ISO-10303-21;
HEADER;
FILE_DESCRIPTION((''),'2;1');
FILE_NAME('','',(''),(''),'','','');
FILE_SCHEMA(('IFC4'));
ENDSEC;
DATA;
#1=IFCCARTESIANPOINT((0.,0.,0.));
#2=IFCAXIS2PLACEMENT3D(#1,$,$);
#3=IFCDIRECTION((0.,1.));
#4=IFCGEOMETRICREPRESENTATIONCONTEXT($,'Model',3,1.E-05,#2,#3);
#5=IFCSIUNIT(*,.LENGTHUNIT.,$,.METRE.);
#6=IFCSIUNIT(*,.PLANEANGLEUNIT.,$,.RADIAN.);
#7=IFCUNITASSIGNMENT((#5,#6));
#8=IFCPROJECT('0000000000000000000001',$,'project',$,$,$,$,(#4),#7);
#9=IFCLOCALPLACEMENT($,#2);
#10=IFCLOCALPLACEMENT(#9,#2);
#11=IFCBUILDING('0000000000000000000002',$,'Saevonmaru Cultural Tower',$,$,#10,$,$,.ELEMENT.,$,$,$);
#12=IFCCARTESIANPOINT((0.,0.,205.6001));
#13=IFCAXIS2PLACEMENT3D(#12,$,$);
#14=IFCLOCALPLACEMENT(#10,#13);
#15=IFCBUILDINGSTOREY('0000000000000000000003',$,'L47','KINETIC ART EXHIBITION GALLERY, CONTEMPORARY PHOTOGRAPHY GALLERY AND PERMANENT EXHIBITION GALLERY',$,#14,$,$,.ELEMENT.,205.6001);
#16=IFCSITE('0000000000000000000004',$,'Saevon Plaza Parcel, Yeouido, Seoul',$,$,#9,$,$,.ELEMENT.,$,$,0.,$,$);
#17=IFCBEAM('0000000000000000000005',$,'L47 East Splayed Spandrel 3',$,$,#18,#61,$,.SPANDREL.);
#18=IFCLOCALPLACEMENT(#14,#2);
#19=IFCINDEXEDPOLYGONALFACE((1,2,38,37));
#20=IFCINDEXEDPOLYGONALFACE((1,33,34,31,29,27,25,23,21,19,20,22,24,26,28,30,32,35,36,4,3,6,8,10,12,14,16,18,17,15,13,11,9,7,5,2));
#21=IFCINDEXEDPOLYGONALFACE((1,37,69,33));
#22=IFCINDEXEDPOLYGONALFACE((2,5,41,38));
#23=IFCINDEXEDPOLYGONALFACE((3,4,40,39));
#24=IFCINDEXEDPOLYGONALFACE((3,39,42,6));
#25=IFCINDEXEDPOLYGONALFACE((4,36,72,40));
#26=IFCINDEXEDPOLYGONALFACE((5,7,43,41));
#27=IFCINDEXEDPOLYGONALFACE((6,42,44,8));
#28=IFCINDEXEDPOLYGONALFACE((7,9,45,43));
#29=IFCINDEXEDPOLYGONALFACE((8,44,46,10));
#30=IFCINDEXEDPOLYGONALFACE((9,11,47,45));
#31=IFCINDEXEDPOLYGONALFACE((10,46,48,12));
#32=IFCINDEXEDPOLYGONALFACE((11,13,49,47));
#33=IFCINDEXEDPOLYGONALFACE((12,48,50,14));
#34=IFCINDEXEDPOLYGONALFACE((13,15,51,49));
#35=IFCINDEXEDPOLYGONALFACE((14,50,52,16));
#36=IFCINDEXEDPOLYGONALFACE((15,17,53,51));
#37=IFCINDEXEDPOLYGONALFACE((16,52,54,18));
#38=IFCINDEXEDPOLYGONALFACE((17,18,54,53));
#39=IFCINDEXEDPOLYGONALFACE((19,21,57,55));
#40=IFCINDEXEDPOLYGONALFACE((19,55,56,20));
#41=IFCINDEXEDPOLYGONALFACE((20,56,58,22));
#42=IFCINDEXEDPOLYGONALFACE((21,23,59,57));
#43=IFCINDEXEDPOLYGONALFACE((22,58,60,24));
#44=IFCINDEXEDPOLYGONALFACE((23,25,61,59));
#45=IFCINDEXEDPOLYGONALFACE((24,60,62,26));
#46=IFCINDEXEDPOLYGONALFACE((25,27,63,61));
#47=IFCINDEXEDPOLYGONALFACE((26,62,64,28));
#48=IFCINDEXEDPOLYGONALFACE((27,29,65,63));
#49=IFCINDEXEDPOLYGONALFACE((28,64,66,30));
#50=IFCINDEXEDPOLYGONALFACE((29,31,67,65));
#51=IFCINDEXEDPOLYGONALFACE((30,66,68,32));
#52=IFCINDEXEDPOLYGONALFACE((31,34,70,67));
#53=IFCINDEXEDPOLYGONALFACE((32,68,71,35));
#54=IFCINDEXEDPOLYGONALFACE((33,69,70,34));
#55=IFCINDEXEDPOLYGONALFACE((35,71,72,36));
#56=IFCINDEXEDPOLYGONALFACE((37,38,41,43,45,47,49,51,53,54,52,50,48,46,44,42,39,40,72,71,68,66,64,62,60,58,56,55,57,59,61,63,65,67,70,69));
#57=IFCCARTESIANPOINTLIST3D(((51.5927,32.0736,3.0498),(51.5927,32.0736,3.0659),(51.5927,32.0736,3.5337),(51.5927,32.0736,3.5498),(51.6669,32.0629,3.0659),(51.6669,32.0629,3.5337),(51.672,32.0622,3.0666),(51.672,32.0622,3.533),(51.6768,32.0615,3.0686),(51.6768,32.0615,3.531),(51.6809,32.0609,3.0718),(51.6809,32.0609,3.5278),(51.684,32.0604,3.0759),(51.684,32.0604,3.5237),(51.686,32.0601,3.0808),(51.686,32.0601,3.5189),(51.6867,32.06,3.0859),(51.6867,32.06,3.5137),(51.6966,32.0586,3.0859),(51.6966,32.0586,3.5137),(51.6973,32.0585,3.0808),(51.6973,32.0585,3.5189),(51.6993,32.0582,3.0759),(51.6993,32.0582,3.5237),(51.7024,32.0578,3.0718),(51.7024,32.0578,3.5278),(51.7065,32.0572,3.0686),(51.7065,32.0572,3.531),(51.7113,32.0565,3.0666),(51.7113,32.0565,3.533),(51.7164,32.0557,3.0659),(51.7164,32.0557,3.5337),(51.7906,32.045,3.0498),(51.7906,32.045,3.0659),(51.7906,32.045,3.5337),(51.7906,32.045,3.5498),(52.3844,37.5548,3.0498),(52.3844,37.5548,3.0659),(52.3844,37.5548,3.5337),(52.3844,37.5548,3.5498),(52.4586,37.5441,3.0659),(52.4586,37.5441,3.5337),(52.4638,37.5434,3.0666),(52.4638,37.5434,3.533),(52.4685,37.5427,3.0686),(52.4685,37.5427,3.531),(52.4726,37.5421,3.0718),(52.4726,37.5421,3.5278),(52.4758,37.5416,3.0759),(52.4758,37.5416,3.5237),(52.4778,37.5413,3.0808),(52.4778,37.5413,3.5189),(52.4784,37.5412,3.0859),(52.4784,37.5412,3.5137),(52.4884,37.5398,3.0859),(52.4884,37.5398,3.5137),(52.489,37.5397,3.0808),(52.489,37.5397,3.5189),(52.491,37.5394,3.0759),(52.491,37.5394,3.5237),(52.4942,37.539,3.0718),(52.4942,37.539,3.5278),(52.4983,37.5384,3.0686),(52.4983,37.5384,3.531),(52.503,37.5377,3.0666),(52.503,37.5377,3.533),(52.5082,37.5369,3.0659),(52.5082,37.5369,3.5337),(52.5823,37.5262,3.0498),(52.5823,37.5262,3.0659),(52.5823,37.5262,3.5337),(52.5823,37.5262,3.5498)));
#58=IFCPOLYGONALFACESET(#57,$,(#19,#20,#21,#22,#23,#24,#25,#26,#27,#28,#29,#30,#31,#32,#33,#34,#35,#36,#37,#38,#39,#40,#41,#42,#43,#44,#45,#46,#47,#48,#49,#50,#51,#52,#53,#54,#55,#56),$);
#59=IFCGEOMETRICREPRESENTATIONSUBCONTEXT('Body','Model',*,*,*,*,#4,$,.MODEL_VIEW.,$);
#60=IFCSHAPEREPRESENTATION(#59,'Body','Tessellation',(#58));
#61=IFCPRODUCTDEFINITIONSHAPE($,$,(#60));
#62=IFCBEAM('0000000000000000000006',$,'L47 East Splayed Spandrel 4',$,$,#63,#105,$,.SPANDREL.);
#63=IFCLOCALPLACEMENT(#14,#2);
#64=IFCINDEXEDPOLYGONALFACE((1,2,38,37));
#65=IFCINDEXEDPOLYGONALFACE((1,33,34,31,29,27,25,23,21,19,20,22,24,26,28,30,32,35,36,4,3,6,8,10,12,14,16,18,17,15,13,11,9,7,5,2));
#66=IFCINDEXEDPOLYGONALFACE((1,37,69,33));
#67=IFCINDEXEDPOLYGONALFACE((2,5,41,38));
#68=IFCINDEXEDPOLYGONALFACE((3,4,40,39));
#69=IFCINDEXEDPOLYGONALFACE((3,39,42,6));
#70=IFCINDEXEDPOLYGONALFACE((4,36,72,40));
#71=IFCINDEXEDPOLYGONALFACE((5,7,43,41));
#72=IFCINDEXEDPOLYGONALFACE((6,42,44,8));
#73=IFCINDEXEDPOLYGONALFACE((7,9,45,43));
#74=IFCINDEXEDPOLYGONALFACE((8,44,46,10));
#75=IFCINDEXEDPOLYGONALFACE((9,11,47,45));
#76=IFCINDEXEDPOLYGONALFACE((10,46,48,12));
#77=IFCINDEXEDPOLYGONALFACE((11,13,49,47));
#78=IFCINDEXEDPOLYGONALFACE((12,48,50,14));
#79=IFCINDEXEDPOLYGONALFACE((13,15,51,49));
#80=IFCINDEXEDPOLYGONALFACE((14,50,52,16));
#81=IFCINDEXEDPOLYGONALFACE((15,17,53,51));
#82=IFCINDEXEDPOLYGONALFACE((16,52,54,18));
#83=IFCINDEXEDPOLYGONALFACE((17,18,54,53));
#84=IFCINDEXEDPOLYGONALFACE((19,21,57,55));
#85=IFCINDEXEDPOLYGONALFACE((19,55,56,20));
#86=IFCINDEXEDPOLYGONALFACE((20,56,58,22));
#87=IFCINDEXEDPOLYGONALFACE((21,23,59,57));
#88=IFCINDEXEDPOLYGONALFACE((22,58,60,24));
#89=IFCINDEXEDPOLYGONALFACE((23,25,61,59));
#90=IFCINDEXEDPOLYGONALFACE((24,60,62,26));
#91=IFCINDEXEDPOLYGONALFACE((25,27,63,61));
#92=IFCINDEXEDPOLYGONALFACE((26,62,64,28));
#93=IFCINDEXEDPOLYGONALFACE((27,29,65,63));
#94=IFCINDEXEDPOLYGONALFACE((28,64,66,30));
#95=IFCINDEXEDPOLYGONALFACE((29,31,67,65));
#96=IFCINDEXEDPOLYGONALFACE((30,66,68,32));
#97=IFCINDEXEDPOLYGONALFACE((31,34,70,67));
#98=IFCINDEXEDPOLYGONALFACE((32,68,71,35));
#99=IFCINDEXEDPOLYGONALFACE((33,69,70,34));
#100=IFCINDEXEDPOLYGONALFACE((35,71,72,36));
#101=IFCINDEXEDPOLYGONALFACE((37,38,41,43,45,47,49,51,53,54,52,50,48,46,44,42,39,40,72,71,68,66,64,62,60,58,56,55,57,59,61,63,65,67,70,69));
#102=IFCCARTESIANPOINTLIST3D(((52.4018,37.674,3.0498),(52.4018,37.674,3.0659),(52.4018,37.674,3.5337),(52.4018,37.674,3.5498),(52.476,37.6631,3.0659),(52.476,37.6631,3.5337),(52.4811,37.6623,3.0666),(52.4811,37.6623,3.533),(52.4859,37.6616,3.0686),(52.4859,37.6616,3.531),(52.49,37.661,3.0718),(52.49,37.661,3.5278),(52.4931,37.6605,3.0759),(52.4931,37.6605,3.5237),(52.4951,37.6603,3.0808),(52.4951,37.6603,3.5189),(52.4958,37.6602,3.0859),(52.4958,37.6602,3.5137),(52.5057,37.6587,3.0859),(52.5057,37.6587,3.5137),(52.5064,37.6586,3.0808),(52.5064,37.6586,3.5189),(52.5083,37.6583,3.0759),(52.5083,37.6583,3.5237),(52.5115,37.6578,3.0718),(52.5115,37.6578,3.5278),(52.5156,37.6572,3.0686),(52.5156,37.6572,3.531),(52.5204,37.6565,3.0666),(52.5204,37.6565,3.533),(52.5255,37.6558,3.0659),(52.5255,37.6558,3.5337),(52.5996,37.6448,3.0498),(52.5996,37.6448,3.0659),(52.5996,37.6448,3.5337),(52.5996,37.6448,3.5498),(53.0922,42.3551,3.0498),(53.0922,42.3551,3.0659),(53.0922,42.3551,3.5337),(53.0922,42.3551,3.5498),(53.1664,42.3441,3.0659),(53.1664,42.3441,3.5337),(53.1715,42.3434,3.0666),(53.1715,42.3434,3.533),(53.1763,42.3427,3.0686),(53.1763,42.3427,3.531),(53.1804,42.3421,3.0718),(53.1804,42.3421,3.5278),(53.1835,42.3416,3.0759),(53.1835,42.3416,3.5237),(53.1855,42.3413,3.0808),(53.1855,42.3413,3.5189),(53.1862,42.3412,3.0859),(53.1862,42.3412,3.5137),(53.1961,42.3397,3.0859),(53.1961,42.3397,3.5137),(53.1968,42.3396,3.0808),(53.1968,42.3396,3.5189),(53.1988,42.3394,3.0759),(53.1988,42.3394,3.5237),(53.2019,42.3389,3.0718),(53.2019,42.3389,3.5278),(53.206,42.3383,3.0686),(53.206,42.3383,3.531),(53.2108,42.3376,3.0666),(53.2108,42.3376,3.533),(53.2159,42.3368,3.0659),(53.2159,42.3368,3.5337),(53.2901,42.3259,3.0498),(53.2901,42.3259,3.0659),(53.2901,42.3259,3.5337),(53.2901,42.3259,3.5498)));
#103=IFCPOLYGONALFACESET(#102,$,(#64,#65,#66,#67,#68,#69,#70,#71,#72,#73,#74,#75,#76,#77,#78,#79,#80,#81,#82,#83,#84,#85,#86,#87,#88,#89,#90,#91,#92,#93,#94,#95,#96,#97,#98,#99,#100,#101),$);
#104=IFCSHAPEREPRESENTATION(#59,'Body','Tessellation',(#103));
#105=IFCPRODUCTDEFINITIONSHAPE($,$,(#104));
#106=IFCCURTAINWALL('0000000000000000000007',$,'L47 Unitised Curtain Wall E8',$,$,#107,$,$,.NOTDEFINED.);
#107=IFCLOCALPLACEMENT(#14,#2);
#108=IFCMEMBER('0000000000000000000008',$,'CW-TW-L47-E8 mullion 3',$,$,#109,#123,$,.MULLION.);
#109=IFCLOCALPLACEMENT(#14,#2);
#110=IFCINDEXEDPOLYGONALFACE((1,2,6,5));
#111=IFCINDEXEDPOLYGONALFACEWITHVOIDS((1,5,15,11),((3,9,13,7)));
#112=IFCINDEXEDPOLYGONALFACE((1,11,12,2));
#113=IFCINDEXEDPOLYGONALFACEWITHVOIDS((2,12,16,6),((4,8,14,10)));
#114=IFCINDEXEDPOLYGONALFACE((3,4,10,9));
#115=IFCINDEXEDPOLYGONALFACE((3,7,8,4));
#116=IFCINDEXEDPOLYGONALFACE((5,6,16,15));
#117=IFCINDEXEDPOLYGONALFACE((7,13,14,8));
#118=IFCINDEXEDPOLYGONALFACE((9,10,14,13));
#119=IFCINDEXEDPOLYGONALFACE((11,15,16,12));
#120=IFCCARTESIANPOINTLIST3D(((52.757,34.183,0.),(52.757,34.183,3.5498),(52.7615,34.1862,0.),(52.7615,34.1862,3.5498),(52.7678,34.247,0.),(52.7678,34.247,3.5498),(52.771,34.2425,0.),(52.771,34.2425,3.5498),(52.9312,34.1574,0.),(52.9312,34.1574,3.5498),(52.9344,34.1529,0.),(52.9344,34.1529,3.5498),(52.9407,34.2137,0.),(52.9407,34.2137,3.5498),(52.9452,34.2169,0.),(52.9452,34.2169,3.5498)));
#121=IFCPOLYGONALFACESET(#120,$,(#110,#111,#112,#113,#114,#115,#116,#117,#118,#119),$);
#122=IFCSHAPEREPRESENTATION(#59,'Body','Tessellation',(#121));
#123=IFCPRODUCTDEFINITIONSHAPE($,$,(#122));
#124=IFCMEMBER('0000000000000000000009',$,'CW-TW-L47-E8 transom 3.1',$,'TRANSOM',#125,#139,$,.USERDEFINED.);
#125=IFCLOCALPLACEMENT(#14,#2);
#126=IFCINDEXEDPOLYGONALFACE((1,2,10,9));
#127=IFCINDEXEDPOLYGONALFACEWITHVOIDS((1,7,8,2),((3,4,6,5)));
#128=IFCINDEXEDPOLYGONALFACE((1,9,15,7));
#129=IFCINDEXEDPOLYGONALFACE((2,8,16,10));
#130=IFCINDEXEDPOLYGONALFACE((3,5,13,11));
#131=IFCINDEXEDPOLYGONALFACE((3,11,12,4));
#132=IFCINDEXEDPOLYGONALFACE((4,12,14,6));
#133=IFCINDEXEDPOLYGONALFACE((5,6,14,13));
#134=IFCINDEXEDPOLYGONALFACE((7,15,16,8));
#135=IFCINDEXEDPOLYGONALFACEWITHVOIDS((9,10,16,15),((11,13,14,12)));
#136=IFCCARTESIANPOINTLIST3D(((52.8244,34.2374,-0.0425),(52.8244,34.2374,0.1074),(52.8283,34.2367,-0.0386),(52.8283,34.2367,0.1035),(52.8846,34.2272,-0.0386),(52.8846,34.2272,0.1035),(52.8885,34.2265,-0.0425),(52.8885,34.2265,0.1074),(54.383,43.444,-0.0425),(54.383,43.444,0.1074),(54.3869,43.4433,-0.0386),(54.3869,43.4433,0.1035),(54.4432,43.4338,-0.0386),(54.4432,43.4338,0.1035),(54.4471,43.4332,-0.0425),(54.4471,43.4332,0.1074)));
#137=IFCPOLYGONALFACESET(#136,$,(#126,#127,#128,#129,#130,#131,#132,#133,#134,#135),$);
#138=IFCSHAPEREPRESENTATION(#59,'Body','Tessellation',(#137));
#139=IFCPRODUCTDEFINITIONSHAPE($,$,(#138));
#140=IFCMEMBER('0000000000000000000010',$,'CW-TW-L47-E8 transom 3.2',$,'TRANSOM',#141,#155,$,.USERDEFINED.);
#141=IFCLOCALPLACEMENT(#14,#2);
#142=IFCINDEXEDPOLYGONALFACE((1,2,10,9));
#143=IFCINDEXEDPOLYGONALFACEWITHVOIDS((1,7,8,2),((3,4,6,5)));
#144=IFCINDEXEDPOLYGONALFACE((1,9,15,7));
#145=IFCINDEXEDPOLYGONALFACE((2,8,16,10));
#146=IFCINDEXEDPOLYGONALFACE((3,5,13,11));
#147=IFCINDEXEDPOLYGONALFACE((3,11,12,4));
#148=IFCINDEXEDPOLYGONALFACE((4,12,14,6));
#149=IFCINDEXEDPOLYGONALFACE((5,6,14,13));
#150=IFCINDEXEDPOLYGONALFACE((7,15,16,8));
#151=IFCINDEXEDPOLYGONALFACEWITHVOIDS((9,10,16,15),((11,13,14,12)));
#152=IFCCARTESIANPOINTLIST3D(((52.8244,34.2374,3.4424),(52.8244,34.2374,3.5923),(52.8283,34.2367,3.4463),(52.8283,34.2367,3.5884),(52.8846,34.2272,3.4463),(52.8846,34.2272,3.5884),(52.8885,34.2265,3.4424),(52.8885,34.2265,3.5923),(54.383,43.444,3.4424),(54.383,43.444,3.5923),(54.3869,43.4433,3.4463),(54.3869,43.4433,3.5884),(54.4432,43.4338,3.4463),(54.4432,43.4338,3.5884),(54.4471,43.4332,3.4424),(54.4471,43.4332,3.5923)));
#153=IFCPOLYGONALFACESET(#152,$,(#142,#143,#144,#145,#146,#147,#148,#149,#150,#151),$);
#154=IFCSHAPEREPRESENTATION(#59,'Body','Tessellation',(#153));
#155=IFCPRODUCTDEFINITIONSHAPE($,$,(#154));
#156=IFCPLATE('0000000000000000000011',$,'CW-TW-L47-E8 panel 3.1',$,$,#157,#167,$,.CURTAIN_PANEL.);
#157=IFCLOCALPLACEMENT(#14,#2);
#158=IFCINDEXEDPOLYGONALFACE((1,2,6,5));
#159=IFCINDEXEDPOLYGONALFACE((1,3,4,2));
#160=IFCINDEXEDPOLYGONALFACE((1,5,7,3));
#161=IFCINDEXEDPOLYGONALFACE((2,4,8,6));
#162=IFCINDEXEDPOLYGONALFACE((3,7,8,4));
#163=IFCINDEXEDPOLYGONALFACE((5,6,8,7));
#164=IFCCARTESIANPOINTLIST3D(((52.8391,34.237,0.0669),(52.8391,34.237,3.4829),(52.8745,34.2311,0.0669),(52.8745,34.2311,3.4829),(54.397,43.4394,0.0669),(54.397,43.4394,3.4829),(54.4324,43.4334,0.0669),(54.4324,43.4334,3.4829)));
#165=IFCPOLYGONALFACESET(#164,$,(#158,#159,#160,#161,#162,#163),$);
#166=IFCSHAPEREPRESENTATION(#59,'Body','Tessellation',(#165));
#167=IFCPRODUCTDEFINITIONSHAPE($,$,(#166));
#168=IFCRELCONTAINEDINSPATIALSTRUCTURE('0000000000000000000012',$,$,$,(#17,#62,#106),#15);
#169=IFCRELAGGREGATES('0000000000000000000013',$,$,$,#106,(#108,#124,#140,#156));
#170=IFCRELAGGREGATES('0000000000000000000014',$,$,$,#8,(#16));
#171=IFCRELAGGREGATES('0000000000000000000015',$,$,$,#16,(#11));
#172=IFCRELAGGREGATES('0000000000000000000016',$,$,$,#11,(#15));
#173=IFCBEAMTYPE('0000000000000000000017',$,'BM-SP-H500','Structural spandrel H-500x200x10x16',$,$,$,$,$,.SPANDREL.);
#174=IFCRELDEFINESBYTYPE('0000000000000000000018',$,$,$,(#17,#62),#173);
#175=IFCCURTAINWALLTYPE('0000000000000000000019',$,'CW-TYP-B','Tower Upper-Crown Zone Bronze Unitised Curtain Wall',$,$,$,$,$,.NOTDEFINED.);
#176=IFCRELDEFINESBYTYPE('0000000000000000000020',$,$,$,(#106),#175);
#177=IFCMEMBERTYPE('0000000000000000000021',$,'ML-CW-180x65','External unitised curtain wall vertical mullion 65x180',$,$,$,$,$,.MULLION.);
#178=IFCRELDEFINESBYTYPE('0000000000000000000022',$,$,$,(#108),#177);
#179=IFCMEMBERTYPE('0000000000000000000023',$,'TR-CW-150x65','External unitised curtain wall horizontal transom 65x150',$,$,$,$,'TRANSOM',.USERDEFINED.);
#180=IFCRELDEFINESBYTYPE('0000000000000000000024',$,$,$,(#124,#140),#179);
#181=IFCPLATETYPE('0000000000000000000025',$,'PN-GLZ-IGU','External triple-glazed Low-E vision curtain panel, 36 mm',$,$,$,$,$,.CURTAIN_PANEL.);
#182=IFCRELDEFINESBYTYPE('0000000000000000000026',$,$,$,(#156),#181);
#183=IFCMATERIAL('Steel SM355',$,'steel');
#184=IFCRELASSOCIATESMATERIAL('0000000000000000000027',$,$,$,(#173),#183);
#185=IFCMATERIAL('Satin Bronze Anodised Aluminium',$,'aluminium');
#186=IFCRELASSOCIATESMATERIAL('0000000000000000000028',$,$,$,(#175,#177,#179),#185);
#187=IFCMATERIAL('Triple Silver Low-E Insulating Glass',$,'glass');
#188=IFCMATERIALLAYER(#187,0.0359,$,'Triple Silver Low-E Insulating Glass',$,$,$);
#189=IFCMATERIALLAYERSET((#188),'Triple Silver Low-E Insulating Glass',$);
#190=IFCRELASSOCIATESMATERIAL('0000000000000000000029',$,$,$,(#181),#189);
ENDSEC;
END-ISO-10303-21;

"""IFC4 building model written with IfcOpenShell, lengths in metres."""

from ifc_helpers import new_model, si_unit, direction, frame, origin, origin_2d, place, context, subcontext, project, spatial, rectangle, hollow_rectangle, i_section, extrude, material, layer, layer_set, material_profile, profile_set, type_object, element, aggregate, save


model = new_model("IFC4")

# Units and contexts
model_context = context("Model", 3, precision=1e-05, world=origin(), true_north=direction((0.0, 1.0)))
body_context = subcontext(model_context, "Body", "Model", "MODEL_VIEW")
ifc_project = project(units=[si_unit("LENGTHUNIT", "METRE"), si_unit("PLANEANGLEUNIT", "RADIAN")], contexts=[model_context])

# Site, building, storey
site_placement = place(None, origin())
site = spatial("IfcSite", under=ifc_project, at=site_placement, Name="Saevon Plaza Parcel, Yeouido, Seoul", CompositionType="ELEMENT", RefElevation=0.0)
building_placement = place(site_placement, origin())
building = spatial("IfcBuilding", under=site, at=building_placement, Name="Saevonmaru Cultural Tower", CompositionType="ELEMENT")
storey_placement = place(building_placement, frame((0.0, 0.0, 205.6001)))
storey = spatial("IfcBuildingStorey", under=building, at=storey_placement, Name="L47", Description="KINETIC ART EXHIBITION GALLERY, CONTEMPORARY PHOTOGRAPHY GALLERY AND PERMANENT EXHIBITION GALLERY", CompositionType="ELEMENT", Elevation=205.6001)

# Shared definitions
ifc_material_1 = material(Name="Steel SM355", Category="steel")

# Beams
ifc_material_profile_1 = material_profile(ifc_material_1, i_section(OverallWidth=0.2, OverallDepth=0.5, WebThickness=0.01, FlangeThickness=0.0161, FilletRadius=0.02, at=origin_2d()), Name="H-500x200x10x16")
ifc_profile_set_1 = profile_set([ifc_material_profile_1], Name="Steel SM355")
beam_type_1 = type_object("IfcBeamType", Name="BM-SP-H500", Description="Structural spandrel H-500x200x10x16", PredefinedType="SPANDREL", material=ifc_profile_set_1)
beam_1_placement = place(storey_placement, frame((51.6917, 32.0593, 3.2998), z_axis=(0.142964, 0.989728, 0.0), x_axis=(-0.989728, 0.142964, 0.0)))
element("IfcBeam", 1, at=beam_1_placement, inside=storey, type_object=beam_type_1, Name="L47 East Splayed Spandrel 3", PredefinedType="SPANDREL", context=body_context, shape_type="SweptSolid", body=[
    extrude(i_section(OverallWidth=0.2, OverallDepth=0.5, WebThickness=0.01, FlangeThickness=0.0161, FilletRadius=0.02, at=origin_2d()), origin(), (0.0, 0.0, 1.0), 5.5381),
])
beam_2_placement = place(storey_placement, frame((52.5007, 37.6594, 3.2998), z_axis=(0.145913, 0.989297, 0.0), x_axis=(-0.989297, 0.145913, 0.0)))
element("IfcBeam", 2, at=beam_2_placement, inside=storey, type_object=beam_type_1, Name="L47 East Splayed Spandrel 4", PredefinedType="SPANDREL", context=body_context, shape_type="SweptSolid", body=[
    extrude(i_section(OverallWidth=0.2, OverallDepth=0.5, WebThickness=0.01, FlangeThickness=0.0161, FilletRadius=0.02, at=origin_2d()), origin(), (0.0, 0.0, 1.0), 4.7317),
])

# Curtain wall, members, plate
ifc_material_2 = material(Name="Satin Bronze Anodised Aluminium", Category="aluminium")
curtain_wall_type = type_object("IfcCurtainWallType", Name="CW-TYP-B", Description="Tower Upper-Crown Zone Bronze Unitised Curtain Wall", PredefinedType="NOTDEFINED", material=ifc_material_2)
curtain_wall_placement = place(storey_placement, origin())
curtain_wall = element("IfcCurtainWall", 3, at=curtain_wall_placement, inside=storey, type_object=curtain_wall_type, Name="L47 Unitised Curtain Wall E8", PredefinedType="NOTDEFINED")
ifc_material_profile_2 = material_profile(ifc_material_2, hollow_rectangle(XDim=0.0649, YDim=0.1799, WallThickness=0.0039, at=origin_2d()), Name="ALU-MULL-180x65x4")
ifc_profile_set_2 = profile_set([ifc_material_profile_2], Name="Satin Bronze Anodised Aluminium")
member_type_1 = type_object("IfcMemberType", Name="ML-CW-180x65", Description="External unitised curtain wall vertical mullion 65x180", PredefinedType="MULLION", material=ifc_profile_set_2)
member_1_placement = place(storey_placement, frame((52.8511, 34.2, 0.0), z_axis=(0.0, 0.0, 1.0), x_axis=(0.166922, 0.98597, 0.0)))
member_1 = element("IfcMember", 4, at=member_1_placement, type_object=member_type_1, Name="CW-TW-L47-E8 mullion 3", PredefinedType="MULLION", context=body_context, shape_type="SweptSolid", body=[
    extrude(hollow_rectangle(XDim=0.0649, YDim=0.1799, WallThickness=0.0039, at=origin_2d()), origin(), (0.0, 0.0, 1.0), 3.5498),
])
ifc_material_profile_3 = material_profile(ifc_material_2, hollow_rectangle(XDim=0.0649, YDim=0.1499, WallThickness=0.0039, at=origin_2d()), Name="ALU-TRAN-150x65x4")
ifc_profile_set_3 = profile_set([ifc_material_profile_3], Name="Satin Bronze Anodised Aluminium")
member_type_2 = type_object("IfcMemberType", Name="TR-CW-150x65", Description="External unitised curtain wall horizontal transom 65x150", ElementType="TRANSOM", PredefinedType="USERDEFINED", material=ifc_profile_set_3)
member_2_placement = place(storey_placement, frame((52.8564, 34.2319, 0.0325), z_axis=(0.166917, 0.985971, 0.0), x_axis=(-0.985971, 0.166917, 0.0)))
member_2 = element("IfcMember", 5, at=member_2_placement, type_object=member_type_2, Name="CW-TW-L47-E8 transom 3.1", ObjectType="TRANSOM", PredefinedType="USERDEFINED", context=body_context, shape_type="SweptSolid", body=[
    extrude(hollow_rectangle(XDim=0.0649, YDim=0.1499, WallThickness=0.0039, at=origin_2d()), origin(), (0.0, 0.0, 1.0), 9.3376),
])
member_3_placement = place(storey_placement, frame((52.8564, 34.2319, 3.5173), z_axis=(0.166917, 0.985971, 0.0), x_axis=(-0.985971, 0.166917, 0.0)))
member_3 = element("IfcMember", 6, at=member_3_placement, type_object=member_type_2, Name="CW-TW-L47-E8 transom 3.2", ObjectType="TRANSOM", PredefinedType="USERDEFINED", context=body_context, shape_type="SweptSolid", body=[
    extrude(hollow_rectangle(XDim=0.0649, YDim=0.1499, WallThickness=0.0039, at=origin_2d()), origin(), (0.0, 0.0, 1.0), 9.3376),
])
ifc_material_3 = material(Name="Triple Silver Low-E Insulating Glass", Category="glass")
ifc_layer_1 = layer(ifc_material_3, 0.0359, Name="Triple Silver Low-E Insulating Glass")
ifc_layer_set_1 = layer_set([ifc_layer_1], Name="Triple Silver Low-E Insulating Glass")
plate_type = type_object("IfcPlateType", Name="PN-GLZ-IGU", Description="External triple-glazed Low-E vision curtain panel, 36 mm", PredefinedType="CURTAIN_PANEL", material=ifc_layer_set_1)
plate_placement = place(storey_placement, frame((53.6357, 38.8352, 0.0669), z_axis=(0.0, 0.0, 1.0), x_axis=(0.166922, 0.98597, 0.0)))
plate = element("IfcPlate", 7, at=plate_placement, type_object=plate_type, Name="CW-TW-L47-E8 panel 3.1", PredefinedType="CURTAIN_PANEL", context=body_context, shape_type="SweptSolid", body=[
    extrude(rectangle(XDim=9.3333, YDim=0.0359, at=origin_2d()), origin(), (0.0, 0.0, 1.0), 3.416),
])
aggregate(curtain_wall, [member_1, member_2, member_3, plate])

save(model, "model.ifc")
